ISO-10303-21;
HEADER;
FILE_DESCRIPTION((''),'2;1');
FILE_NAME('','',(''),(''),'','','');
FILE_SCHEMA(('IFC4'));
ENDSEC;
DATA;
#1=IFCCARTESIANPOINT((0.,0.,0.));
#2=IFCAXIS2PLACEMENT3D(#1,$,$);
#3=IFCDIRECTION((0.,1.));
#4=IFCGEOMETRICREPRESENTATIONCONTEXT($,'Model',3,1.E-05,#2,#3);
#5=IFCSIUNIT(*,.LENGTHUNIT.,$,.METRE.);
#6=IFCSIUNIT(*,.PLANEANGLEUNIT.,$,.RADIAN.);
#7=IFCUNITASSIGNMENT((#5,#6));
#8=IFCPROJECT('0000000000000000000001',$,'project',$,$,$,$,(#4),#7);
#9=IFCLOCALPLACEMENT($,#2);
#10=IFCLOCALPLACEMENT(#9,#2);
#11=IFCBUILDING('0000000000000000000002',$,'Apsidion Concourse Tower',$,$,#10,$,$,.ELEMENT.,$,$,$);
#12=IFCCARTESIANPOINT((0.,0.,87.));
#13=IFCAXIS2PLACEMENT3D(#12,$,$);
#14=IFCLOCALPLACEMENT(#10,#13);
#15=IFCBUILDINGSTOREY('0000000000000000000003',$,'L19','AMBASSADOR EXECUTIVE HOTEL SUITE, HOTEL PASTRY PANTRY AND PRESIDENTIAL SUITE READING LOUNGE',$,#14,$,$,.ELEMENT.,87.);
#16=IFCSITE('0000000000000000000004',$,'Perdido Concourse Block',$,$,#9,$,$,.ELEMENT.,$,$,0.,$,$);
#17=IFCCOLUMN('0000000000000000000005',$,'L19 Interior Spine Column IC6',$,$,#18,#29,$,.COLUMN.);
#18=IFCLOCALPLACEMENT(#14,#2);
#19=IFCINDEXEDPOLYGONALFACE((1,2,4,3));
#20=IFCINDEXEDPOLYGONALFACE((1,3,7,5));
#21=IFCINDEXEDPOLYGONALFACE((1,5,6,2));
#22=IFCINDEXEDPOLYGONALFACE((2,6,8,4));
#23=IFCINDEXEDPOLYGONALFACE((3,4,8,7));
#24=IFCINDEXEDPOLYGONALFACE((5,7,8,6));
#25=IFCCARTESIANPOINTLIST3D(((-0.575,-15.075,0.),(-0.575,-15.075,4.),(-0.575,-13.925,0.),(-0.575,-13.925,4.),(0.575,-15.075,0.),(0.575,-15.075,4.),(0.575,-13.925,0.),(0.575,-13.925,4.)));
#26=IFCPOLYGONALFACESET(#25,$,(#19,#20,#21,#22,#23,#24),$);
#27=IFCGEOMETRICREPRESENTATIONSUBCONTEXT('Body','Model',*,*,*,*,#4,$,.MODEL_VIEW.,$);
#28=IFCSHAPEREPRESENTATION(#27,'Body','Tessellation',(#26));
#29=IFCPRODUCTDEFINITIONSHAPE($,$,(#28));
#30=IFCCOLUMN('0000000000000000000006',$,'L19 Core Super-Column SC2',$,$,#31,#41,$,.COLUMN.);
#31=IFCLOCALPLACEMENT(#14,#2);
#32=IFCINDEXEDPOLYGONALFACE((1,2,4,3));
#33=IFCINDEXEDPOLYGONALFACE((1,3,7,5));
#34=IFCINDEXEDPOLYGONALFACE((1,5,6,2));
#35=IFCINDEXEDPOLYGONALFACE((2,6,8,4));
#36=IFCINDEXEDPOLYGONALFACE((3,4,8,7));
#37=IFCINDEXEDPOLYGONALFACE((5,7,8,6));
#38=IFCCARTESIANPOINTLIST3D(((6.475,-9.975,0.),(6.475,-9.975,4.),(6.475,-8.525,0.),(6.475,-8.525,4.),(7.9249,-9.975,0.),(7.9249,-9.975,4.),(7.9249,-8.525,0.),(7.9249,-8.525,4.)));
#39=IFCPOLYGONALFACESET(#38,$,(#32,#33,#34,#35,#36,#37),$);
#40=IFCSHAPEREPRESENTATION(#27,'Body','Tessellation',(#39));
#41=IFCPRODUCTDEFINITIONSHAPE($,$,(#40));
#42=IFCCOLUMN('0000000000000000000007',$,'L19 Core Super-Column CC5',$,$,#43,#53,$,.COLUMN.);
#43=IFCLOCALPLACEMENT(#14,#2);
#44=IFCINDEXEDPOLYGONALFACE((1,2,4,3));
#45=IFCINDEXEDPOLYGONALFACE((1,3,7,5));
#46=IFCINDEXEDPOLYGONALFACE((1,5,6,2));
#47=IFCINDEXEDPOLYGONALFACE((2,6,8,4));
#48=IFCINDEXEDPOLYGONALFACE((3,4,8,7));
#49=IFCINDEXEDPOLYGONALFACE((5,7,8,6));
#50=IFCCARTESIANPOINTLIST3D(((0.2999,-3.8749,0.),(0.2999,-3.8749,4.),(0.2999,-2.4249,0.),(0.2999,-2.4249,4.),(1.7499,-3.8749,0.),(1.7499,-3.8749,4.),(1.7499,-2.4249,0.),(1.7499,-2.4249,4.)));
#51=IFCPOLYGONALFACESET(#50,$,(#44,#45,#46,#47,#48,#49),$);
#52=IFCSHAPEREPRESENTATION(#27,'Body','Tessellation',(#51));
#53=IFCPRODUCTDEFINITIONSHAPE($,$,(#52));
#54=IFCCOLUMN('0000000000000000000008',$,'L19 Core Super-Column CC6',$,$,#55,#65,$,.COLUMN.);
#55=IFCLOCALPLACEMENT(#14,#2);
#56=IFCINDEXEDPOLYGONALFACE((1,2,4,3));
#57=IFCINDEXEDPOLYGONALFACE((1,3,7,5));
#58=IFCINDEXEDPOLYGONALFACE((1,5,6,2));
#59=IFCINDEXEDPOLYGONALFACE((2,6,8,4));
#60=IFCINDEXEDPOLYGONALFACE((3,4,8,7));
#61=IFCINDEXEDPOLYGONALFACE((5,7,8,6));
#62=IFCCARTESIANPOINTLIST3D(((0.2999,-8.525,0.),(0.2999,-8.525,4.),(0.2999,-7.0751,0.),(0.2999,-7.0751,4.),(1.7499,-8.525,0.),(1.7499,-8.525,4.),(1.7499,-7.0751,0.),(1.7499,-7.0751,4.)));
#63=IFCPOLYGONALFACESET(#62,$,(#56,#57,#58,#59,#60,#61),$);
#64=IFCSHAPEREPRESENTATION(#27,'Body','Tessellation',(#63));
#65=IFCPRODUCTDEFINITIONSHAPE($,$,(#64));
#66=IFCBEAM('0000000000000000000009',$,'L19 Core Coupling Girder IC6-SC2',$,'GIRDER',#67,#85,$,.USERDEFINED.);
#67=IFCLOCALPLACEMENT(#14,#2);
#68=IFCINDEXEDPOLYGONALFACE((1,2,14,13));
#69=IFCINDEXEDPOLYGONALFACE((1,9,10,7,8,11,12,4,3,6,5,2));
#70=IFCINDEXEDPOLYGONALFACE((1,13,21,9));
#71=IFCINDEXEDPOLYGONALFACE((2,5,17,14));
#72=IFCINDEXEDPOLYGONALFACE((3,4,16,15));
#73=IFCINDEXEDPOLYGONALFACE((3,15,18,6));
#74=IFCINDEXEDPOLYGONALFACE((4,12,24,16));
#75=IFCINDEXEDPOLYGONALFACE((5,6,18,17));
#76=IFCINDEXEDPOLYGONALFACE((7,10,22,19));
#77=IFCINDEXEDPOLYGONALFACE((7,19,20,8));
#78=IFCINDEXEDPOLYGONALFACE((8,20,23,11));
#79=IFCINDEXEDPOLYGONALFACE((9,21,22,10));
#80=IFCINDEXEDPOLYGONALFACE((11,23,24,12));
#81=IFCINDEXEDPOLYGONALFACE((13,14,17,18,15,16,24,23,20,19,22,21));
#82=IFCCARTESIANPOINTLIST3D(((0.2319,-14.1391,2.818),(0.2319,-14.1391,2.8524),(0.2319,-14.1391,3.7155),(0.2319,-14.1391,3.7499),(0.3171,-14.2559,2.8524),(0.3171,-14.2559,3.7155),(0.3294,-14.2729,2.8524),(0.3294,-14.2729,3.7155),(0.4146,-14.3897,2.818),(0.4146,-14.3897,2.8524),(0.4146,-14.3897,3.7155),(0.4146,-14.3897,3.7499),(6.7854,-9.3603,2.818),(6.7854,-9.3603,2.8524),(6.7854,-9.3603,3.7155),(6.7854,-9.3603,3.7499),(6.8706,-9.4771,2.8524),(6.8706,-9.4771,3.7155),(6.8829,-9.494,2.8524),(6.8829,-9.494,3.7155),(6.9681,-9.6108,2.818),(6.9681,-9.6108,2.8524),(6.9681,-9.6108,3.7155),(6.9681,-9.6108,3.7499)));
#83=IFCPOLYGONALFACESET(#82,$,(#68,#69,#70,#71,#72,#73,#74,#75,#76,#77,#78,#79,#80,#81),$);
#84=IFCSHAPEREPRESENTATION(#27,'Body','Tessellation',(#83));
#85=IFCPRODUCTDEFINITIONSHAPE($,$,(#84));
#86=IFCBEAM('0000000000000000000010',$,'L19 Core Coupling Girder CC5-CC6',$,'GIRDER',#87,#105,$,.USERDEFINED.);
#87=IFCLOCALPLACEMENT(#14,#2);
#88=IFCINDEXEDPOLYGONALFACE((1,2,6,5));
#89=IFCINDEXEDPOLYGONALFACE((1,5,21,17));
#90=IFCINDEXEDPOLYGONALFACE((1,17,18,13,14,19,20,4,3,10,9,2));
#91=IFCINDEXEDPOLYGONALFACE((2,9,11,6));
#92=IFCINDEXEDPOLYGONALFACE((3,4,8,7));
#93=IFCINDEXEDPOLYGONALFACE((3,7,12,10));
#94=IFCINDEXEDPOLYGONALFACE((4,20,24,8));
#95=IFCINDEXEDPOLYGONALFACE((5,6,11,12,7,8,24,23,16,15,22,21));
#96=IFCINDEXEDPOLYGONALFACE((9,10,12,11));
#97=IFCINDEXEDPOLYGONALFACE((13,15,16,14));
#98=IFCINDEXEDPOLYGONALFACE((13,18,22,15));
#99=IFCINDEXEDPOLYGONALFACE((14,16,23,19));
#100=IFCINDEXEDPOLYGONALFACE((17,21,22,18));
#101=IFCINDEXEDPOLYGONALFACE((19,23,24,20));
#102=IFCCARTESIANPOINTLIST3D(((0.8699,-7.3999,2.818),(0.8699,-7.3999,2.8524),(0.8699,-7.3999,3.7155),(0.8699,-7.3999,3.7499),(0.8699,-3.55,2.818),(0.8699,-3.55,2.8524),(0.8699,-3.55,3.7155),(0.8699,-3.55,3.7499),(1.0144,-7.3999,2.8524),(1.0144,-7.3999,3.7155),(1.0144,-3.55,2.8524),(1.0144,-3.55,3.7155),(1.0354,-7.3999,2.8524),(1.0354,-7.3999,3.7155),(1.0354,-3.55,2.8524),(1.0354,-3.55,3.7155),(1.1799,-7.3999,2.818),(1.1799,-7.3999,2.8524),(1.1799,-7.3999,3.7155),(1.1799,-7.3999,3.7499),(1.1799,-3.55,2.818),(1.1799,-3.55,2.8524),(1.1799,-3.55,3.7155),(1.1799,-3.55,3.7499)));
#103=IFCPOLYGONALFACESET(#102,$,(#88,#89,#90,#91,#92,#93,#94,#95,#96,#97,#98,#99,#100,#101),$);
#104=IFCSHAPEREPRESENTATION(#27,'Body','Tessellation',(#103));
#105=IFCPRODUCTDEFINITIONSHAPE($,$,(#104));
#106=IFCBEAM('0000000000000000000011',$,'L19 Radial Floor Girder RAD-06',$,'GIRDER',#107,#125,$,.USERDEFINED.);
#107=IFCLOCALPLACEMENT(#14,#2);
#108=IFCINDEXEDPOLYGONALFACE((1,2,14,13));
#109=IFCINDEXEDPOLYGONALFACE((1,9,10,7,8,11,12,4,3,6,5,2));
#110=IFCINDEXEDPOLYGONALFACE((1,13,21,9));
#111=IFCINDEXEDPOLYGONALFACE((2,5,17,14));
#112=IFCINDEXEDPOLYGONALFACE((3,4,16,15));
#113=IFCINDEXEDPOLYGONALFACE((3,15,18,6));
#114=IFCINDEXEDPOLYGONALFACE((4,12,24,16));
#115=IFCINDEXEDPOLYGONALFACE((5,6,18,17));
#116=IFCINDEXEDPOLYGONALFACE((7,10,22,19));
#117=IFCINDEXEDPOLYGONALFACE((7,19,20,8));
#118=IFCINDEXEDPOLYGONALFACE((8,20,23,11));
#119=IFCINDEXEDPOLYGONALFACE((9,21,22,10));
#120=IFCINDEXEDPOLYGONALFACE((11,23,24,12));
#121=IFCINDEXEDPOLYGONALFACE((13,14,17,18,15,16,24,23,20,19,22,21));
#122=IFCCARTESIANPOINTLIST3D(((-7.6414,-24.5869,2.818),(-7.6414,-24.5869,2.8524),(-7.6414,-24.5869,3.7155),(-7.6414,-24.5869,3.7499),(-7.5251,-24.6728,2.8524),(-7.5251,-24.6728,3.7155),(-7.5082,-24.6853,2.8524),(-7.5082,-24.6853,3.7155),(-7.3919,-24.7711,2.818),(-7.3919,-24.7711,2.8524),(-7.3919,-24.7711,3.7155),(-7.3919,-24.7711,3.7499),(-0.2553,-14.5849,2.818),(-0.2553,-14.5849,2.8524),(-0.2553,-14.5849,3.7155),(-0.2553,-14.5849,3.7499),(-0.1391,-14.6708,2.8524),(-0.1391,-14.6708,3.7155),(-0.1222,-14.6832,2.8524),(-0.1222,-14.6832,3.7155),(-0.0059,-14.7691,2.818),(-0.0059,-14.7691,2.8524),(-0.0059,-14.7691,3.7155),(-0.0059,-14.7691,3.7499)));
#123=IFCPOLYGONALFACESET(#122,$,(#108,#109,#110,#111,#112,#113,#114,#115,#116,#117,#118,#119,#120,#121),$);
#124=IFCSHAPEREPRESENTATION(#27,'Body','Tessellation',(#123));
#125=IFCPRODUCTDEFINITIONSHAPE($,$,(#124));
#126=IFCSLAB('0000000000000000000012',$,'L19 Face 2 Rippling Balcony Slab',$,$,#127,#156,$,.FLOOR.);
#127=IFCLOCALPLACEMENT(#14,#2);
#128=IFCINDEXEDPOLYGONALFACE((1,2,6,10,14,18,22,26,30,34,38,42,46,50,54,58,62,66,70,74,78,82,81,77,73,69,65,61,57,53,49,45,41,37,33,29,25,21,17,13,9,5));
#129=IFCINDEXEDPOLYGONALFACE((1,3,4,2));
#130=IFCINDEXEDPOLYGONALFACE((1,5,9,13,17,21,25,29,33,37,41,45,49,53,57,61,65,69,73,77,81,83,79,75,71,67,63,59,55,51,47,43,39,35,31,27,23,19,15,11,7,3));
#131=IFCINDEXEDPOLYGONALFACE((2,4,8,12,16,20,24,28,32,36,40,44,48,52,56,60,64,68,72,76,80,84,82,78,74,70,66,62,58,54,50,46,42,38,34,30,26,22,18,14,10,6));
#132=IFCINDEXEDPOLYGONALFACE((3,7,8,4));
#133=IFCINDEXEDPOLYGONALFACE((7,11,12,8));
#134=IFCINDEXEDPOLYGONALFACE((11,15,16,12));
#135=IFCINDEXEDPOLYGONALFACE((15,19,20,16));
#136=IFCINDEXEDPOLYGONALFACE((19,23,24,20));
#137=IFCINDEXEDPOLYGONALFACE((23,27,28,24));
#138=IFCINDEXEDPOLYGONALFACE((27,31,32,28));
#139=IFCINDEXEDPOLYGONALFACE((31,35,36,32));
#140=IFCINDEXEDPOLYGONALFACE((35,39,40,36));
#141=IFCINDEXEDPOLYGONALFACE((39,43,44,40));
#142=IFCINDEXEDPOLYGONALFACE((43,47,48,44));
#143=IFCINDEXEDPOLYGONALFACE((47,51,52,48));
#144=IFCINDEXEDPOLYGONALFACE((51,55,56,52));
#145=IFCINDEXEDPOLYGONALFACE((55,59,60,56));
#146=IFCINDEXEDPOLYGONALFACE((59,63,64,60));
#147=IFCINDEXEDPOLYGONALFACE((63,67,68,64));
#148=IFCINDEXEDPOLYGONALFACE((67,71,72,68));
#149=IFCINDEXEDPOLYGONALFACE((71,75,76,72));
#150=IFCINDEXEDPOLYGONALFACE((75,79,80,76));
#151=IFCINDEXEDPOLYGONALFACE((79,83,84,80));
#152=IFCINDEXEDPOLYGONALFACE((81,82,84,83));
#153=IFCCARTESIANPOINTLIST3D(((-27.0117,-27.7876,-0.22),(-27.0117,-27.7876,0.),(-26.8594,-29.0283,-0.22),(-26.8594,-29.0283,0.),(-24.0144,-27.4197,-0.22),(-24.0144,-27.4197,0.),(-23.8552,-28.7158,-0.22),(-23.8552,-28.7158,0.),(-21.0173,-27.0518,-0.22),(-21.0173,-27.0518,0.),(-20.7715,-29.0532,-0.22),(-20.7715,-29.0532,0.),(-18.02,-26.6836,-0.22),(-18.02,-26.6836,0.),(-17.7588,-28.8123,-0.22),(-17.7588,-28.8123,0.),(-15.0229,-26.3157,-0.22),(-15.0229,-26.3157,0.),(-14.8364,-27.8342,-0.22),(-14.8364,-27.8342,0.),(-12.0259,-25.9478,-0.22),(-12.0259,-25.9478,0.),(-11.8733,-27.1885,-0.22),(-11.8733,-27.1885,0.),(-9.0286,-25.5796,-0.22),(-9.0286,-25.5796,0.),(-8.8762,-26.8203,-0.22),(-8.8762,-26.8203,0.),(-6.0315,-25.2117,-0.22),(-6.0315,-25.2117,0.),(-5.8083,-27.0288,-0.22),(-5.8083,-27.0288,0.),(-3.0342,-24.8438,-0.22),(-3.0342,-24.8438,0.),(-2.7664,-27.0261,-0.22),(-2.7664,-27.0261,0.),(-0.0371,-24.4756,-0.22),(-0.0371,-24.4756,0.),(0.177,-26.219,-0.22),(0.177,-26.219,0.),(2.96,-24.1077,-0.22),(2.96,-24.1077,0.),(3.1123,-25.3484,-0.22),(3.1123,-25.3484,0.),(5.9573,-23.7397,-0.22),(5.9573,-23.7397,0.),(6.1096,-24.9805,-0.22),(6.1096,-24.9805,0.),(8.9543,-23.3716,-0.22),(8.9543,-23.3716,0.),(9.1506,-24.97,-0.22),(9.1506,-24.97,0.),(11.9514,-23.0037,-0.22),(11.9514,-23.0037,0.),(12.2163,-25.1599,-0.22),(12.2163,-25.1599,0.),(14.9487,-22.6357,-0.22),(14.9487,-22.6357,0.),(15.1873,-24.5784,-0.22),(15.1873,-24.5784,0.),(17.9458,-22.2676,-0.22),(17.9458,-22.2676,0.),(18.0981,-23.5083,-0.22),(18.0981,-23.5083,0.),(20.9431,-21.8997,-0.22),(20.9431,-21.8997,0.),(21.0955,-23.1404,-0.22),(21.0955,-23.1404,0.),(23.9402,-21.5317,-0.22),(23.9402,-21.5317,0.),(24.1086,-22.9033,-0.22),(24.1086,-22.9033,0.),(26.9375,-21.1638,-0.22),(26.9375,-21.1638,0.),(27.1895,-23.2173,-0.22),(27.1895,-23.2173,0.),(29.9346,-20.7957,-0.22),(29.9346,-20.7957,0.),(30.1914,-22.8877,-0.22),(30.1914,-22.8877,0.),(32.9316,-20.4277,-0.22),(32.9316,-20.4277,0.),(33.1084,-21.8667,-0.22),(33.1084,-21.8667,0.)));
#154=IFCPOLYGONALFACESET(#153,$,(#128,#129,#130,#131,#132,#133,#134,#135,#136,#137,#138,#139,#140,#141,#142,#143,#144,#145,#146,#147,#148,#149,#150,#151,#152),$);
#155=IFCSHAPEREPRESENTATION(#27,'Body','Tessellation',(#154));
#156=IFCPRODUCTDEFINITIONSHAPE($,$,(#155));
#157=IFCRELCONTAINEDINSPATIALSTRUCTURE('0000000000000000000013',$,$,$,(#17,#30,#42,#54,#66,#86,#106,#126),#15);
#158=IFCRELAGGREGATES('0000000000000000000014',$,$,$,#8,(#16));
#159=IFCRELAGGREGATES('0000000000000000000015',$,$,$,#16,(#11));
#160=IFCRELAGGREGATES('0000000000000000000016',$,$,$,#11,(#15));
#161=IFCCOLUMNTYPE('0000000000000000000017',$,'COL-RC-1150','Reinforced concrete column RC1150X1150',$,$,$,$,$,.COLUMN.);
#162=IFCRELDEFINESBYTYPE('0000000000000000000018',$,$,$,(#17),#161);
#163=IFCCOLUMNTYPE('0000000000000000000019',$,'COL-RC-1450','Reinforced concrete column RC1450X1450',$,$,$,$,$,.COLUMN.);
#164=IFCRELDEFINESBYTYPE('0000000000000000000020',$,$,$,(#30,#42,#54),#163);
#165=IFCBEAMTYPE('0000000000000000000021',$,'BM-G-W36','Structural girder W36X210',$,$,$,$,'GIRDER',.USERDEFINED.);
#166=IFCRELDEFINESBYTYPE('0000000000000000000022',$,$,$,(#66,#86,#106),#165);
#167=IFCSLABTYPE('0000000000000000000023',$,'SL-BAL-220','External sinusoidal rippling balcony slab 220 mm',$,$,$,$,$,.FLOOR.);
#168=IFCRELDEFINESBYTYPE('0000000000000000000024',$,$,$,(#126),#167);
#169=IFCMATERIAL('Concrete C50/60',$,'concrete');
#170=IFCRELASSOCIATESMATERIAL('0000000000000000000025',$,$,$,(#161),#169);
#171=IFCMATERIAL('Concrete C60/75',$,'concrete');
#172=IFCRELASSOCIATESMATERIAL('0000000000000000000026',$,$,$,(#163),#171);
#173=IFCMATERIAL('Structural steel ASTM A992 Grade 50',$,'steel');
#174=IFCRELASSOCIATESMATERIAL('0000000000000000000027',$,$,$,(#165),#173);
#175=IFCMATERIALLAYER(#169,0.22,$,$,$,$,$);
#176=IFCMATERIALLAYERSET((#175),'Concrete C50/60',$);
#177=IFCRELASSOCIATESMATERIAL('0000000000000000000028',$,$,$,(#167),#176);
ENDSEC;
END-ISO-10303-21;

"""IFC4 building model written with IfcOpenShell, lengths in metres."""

from ifc_helpers import new_model, si_unit, direction, frame, origin, origin_2d, place, context, subcontext, project, spatial, polyline, rectangle, i_section, outline, extrude, material, layer, layer_set, material_profile, profile_set, type_object, element, save


model = new_model("IFC4")

# Units and contexts
model_context = context("Model", 3, precision=1e-05, world=origin(), true_north=direction((0.0, 1.0)))
body_context = subcontext(model_context, "Body", "Model", "MODEL_VIEW")
ifc_project = project(units=[si_unit("LENGTHUNIT", "METRE"), si_unit("PLANEANGLEUNIT", "RADIAN")], contexts=[model_context])

# Site, building, storey
site_placement = place(None, origin())
site = spatial("IfcSite", under=ifc_project, at=site_placement, Name="Perdido Concourse Block", CompositionType="ELEMENT", RefElevation=0.0)
building_placement = place(site_placement, origin())
building = spatial("IfcBuilding", under=site, at=building_placement, Name="Apsidion Concourse Tower", CompositionType="ELEMENT")
storey_placement = place(building_placement, frame((0.0, 0.0, 87.0)))
storey = spatial("IfcBuildingStorey", under=building, at=storey_placement, Name="L19", Description="AMBASSADOR EXECUTIVE HOTEL SUITE, HOTEL PASTRY PANTRY AND PRESIDENTIAL SUITE READING LOUNGE", CompositionType="ELEMENT", Elevation=87.0)

# Columns
ifc_material_1 = material(Name="Concrete C50/60", Category="concrete")
ifc_material_profile_1 = material_profile(ifc_material_1, rectangle(XDim=1.1499, YDim=1.1499, at=origin_2d()), Name="RC 1150x1150")
ifc_profile_set_1 = profile_set([ifc_material_profile_1], Name="Concrete C50/60")
column_type_1 = type_object("IfcColumnType", Name="COL-RC-1150", Description="Reinforced concrete column RC1150X1150", PredefinedType="COLUMN", material=ifc_profile_set_1)
column_placement = place(storey_placement, frame((0.0, -14.5, 0.0), z_axis=(0.0, 0.0, 1.0), x_axis=(1.0, 0.0, 0.0)))
element("IfcColumn", 1, at=column_placement, inside=storey, type_object=column_type_1, Name="L19 Interior Spine Column IC6", PredefinedType="COLUMN", context=body_context, shape_type="SweptSolid", body=[
    extrude(rectangle(XDim=1.1499, YDim=1.1499, at=origin_2d()), origin(), (0.0, 0.0, 1.0), 4.0),
])
ifc_material_2 = material(Name="Concrete C60/75", Category="concrete")
ifc_material_profile_2 = material_profile(ifc_material_2, rectangle(XDim=1.45, YDim=1.45, at=origin_2d()), Name="RC 1450x1450")
ifc_profile_set_2 = profile_set([ifc_material_profile_2], Name="Concrete C60/75")
column_type_2 = type_object("IfcColumnType", Name="COL-RC-1450", Description="Reinforced concrete column RC1450X1450", PredefinedType="COLUMN", material=ifc_profile_set_2)
for number, where, z_axis, x_axis, name in (
    (2, (7.2, -9.25, 0.0), (0.0, 0.0, 1.0), (1.0, 0.0, 0.0), "L19 Core Super-Column SC2"),
    (3, (1.0249, -3.1499, 0.0), (0.0, 0.0, 1.0), (1.0, 0.0, 0.0), "L19 Core Super-Column CC5"),
    (4, (1.0249, -7.8, 0.0), (0.0, 0.0, 1.0), (1.0, 0.0, 0.0), "L19 Core Super-Column CC6"),
):
    element("IfcColumn", number, at=place(storey_placement, frame(where, z_axis=z_axis, x_axis=x_axis)), inside=storey, type_object=column_type_2, Name=name, PredefinedType="COLUMN", context=body_context, shape_type="SweptSolid", body=[
        extrude(rectangle(XDim=1.45, YDim=1.45, at=origin_2d()), origin(), (0.0, 0.0, 1.0), 4.0),
    ])

# Beams
ifc_material_3 = material(Name="Structural steel ASTM A992 Grade 50", Category="steel")
ifc_material_profile_3 = material_profile(ifc_material_3, i_section(OverallWidth=0.3101, OverallDepth=0.9319, WebThickness=0.021, FlangeThickness=0.0344, at=origin_2d()), Name="W36X210")
ifc_profile_set_3 = profile_set([ifc_material_profile_3], Name="Structural steel ASTM A992 Grade 50")
beam_type = type_object("IfcBeamType", Name="BM-G-W36", Description="Structural girder W36X210", ElementType="GIRDER", PredefinedType="USERDEFINED", material=ifc_profile_set_3)
beam_1_placement = place(storey_placement, frame((0.3232, -14.2644, 3.2839), z_axis=(0.807993, 0.589191, 0.0), x_axis=(-0.589191, 0.807993, 0.0)))
element("IfcBeam", 5, at=beam_1_placement, inside=storey, type_object=beam_type, Name="L19 Core Coupling Girder IC6-SC2", ObjectType="GIRDER", PredefinedType="USERDEFINED", context=body_context, shape_type="SweptSolid", body=[
    extrude(i_section(OverallWidth=0.3101, OverallDepth=0.9319, WebThickness=0.021, FlangeThickness=0.0344, at=origin_2d()), origin(), (0.0, 0.0, 1.0), 8.1108),
])
beam_2_placement = place(storey_placement, frame((1.0249, -3.55, 3.2839), z_axis=(0.0, -1.0, 0.0), x_axis=(1.0, 0.0, 0.0)))
element("IfcBeam", 6, at=beam_2_placement, inside=storey, type_object=beam_type, Name="L19 Core Coupling Girder CC5-CC6", ObjectType="GIRDER", PredefinedType="USERDEFINED", context=body_context, shape_type="SweptSolid", body=[
    extrude(i_section(OverallWidth=0.3101, OverallDepth=0.9319, WebThickness=0.021, FlangeThickness=0.0344, at=origin_2d()), origin(), (0.0, 0.0, 1.0), 3.8499),
])
beam_3_placement = place(storey_placement, frame((-0.1306, -14.677, 3.2839), z_axis=(-0.594039, -0.804436, 0.0), x_axis=(0.804436, -0.594039, 0.0)))
element("IfcBeam", 7, at=beam_3_placement, inside=storey, type_object=beam_type, Name="L19 Radial Floor Girder RAD-06", ObjectType="GIRDER", PredefinedType="USERDEFINED", context=body_context, shape_type="SweptSolid", body=[
    extrude(i_section(OverallWidth=0.3101, OverallDepth=0.9319, WebThickness=0.021, FlangeThickness=0.0344, at=origin_2d()), origin(), (0.0, 0.0, 1.0), 12.4336),
])

# Slab
ifc_layer_1 = layer(ifc_material_1, 0.22)
ifc_layer_set_1 = layer_set([ifc_layer_1], Name="Concrete C50/60")
slab_type_1 = type_object("IfcSlabType", Name="SL-BAL-220", Description="External sinusoidal rippling balcony slab 220 mm", PredefinedType="FLOOR", material=ifc_layer_set_1)
slab_1_placement = place(storey_placement, frame((0.0, 0.0, -0.22)))
element("IfcSlab", 8, at=slab_1_placement, inside=storey, type_object=slab_type_1, Name="L19 Face 2 Rippling Balcony Slab", PredefinedType="FLOOR", context=body_context, shape_type="SweptSolid", body=[
    extrude(outline(polyline([(-27.0117, -27.7876), (-24.0144, -27.4197), (-21.0173, -27.0518), (-18.02, -26.6836), (-15.0229, -26.3157), (-12.0259, -25.9478), (-9.0286, -25.5796), (-6.0315, -25.2117), (-3.0342, -24.8438), (-0.0371, -24.4756), (2.96, -24.1077), (5.9573, -23.7397), (8.9543, -23.3716), (11.9514, -23.0037), (14.9487, -22.6357), (17.9458, -22.2676), (20.9431, -21.8997), (23.9402, -21.5317), (26.9375, -21.1638), (29.9346, -20.7957), (32.9316, -20.4277), (33.1084, -21.8667), (30.1914, -22.8877), (27.1895, -23.2173), (24.1086, -22.9033), (21.0955, -23.1404), (18.0981, -23.5083), (15.1873, -24.5784), (12.2163, -25.1599), (9.1506, -24.97), (6.1096, -24.9805), (3.1123, -25.3484), (0.177, -26.219), (-2.7664, -27.0261), (-5.8083, -27.0288), (-8.8762, -26.8203), (-11.8733, -27.1885), (-14.8364, -27.8342), (-17.7588, -28.8123), (-20.7715, -29.0532), (-23.8552, -28.7158), (-26.8594, -29.0283), (-27.0117, -27.7876)])), origin(), (0.0, 0.0, 1.0), 0.22),
])

save(model, "model.ifc")
